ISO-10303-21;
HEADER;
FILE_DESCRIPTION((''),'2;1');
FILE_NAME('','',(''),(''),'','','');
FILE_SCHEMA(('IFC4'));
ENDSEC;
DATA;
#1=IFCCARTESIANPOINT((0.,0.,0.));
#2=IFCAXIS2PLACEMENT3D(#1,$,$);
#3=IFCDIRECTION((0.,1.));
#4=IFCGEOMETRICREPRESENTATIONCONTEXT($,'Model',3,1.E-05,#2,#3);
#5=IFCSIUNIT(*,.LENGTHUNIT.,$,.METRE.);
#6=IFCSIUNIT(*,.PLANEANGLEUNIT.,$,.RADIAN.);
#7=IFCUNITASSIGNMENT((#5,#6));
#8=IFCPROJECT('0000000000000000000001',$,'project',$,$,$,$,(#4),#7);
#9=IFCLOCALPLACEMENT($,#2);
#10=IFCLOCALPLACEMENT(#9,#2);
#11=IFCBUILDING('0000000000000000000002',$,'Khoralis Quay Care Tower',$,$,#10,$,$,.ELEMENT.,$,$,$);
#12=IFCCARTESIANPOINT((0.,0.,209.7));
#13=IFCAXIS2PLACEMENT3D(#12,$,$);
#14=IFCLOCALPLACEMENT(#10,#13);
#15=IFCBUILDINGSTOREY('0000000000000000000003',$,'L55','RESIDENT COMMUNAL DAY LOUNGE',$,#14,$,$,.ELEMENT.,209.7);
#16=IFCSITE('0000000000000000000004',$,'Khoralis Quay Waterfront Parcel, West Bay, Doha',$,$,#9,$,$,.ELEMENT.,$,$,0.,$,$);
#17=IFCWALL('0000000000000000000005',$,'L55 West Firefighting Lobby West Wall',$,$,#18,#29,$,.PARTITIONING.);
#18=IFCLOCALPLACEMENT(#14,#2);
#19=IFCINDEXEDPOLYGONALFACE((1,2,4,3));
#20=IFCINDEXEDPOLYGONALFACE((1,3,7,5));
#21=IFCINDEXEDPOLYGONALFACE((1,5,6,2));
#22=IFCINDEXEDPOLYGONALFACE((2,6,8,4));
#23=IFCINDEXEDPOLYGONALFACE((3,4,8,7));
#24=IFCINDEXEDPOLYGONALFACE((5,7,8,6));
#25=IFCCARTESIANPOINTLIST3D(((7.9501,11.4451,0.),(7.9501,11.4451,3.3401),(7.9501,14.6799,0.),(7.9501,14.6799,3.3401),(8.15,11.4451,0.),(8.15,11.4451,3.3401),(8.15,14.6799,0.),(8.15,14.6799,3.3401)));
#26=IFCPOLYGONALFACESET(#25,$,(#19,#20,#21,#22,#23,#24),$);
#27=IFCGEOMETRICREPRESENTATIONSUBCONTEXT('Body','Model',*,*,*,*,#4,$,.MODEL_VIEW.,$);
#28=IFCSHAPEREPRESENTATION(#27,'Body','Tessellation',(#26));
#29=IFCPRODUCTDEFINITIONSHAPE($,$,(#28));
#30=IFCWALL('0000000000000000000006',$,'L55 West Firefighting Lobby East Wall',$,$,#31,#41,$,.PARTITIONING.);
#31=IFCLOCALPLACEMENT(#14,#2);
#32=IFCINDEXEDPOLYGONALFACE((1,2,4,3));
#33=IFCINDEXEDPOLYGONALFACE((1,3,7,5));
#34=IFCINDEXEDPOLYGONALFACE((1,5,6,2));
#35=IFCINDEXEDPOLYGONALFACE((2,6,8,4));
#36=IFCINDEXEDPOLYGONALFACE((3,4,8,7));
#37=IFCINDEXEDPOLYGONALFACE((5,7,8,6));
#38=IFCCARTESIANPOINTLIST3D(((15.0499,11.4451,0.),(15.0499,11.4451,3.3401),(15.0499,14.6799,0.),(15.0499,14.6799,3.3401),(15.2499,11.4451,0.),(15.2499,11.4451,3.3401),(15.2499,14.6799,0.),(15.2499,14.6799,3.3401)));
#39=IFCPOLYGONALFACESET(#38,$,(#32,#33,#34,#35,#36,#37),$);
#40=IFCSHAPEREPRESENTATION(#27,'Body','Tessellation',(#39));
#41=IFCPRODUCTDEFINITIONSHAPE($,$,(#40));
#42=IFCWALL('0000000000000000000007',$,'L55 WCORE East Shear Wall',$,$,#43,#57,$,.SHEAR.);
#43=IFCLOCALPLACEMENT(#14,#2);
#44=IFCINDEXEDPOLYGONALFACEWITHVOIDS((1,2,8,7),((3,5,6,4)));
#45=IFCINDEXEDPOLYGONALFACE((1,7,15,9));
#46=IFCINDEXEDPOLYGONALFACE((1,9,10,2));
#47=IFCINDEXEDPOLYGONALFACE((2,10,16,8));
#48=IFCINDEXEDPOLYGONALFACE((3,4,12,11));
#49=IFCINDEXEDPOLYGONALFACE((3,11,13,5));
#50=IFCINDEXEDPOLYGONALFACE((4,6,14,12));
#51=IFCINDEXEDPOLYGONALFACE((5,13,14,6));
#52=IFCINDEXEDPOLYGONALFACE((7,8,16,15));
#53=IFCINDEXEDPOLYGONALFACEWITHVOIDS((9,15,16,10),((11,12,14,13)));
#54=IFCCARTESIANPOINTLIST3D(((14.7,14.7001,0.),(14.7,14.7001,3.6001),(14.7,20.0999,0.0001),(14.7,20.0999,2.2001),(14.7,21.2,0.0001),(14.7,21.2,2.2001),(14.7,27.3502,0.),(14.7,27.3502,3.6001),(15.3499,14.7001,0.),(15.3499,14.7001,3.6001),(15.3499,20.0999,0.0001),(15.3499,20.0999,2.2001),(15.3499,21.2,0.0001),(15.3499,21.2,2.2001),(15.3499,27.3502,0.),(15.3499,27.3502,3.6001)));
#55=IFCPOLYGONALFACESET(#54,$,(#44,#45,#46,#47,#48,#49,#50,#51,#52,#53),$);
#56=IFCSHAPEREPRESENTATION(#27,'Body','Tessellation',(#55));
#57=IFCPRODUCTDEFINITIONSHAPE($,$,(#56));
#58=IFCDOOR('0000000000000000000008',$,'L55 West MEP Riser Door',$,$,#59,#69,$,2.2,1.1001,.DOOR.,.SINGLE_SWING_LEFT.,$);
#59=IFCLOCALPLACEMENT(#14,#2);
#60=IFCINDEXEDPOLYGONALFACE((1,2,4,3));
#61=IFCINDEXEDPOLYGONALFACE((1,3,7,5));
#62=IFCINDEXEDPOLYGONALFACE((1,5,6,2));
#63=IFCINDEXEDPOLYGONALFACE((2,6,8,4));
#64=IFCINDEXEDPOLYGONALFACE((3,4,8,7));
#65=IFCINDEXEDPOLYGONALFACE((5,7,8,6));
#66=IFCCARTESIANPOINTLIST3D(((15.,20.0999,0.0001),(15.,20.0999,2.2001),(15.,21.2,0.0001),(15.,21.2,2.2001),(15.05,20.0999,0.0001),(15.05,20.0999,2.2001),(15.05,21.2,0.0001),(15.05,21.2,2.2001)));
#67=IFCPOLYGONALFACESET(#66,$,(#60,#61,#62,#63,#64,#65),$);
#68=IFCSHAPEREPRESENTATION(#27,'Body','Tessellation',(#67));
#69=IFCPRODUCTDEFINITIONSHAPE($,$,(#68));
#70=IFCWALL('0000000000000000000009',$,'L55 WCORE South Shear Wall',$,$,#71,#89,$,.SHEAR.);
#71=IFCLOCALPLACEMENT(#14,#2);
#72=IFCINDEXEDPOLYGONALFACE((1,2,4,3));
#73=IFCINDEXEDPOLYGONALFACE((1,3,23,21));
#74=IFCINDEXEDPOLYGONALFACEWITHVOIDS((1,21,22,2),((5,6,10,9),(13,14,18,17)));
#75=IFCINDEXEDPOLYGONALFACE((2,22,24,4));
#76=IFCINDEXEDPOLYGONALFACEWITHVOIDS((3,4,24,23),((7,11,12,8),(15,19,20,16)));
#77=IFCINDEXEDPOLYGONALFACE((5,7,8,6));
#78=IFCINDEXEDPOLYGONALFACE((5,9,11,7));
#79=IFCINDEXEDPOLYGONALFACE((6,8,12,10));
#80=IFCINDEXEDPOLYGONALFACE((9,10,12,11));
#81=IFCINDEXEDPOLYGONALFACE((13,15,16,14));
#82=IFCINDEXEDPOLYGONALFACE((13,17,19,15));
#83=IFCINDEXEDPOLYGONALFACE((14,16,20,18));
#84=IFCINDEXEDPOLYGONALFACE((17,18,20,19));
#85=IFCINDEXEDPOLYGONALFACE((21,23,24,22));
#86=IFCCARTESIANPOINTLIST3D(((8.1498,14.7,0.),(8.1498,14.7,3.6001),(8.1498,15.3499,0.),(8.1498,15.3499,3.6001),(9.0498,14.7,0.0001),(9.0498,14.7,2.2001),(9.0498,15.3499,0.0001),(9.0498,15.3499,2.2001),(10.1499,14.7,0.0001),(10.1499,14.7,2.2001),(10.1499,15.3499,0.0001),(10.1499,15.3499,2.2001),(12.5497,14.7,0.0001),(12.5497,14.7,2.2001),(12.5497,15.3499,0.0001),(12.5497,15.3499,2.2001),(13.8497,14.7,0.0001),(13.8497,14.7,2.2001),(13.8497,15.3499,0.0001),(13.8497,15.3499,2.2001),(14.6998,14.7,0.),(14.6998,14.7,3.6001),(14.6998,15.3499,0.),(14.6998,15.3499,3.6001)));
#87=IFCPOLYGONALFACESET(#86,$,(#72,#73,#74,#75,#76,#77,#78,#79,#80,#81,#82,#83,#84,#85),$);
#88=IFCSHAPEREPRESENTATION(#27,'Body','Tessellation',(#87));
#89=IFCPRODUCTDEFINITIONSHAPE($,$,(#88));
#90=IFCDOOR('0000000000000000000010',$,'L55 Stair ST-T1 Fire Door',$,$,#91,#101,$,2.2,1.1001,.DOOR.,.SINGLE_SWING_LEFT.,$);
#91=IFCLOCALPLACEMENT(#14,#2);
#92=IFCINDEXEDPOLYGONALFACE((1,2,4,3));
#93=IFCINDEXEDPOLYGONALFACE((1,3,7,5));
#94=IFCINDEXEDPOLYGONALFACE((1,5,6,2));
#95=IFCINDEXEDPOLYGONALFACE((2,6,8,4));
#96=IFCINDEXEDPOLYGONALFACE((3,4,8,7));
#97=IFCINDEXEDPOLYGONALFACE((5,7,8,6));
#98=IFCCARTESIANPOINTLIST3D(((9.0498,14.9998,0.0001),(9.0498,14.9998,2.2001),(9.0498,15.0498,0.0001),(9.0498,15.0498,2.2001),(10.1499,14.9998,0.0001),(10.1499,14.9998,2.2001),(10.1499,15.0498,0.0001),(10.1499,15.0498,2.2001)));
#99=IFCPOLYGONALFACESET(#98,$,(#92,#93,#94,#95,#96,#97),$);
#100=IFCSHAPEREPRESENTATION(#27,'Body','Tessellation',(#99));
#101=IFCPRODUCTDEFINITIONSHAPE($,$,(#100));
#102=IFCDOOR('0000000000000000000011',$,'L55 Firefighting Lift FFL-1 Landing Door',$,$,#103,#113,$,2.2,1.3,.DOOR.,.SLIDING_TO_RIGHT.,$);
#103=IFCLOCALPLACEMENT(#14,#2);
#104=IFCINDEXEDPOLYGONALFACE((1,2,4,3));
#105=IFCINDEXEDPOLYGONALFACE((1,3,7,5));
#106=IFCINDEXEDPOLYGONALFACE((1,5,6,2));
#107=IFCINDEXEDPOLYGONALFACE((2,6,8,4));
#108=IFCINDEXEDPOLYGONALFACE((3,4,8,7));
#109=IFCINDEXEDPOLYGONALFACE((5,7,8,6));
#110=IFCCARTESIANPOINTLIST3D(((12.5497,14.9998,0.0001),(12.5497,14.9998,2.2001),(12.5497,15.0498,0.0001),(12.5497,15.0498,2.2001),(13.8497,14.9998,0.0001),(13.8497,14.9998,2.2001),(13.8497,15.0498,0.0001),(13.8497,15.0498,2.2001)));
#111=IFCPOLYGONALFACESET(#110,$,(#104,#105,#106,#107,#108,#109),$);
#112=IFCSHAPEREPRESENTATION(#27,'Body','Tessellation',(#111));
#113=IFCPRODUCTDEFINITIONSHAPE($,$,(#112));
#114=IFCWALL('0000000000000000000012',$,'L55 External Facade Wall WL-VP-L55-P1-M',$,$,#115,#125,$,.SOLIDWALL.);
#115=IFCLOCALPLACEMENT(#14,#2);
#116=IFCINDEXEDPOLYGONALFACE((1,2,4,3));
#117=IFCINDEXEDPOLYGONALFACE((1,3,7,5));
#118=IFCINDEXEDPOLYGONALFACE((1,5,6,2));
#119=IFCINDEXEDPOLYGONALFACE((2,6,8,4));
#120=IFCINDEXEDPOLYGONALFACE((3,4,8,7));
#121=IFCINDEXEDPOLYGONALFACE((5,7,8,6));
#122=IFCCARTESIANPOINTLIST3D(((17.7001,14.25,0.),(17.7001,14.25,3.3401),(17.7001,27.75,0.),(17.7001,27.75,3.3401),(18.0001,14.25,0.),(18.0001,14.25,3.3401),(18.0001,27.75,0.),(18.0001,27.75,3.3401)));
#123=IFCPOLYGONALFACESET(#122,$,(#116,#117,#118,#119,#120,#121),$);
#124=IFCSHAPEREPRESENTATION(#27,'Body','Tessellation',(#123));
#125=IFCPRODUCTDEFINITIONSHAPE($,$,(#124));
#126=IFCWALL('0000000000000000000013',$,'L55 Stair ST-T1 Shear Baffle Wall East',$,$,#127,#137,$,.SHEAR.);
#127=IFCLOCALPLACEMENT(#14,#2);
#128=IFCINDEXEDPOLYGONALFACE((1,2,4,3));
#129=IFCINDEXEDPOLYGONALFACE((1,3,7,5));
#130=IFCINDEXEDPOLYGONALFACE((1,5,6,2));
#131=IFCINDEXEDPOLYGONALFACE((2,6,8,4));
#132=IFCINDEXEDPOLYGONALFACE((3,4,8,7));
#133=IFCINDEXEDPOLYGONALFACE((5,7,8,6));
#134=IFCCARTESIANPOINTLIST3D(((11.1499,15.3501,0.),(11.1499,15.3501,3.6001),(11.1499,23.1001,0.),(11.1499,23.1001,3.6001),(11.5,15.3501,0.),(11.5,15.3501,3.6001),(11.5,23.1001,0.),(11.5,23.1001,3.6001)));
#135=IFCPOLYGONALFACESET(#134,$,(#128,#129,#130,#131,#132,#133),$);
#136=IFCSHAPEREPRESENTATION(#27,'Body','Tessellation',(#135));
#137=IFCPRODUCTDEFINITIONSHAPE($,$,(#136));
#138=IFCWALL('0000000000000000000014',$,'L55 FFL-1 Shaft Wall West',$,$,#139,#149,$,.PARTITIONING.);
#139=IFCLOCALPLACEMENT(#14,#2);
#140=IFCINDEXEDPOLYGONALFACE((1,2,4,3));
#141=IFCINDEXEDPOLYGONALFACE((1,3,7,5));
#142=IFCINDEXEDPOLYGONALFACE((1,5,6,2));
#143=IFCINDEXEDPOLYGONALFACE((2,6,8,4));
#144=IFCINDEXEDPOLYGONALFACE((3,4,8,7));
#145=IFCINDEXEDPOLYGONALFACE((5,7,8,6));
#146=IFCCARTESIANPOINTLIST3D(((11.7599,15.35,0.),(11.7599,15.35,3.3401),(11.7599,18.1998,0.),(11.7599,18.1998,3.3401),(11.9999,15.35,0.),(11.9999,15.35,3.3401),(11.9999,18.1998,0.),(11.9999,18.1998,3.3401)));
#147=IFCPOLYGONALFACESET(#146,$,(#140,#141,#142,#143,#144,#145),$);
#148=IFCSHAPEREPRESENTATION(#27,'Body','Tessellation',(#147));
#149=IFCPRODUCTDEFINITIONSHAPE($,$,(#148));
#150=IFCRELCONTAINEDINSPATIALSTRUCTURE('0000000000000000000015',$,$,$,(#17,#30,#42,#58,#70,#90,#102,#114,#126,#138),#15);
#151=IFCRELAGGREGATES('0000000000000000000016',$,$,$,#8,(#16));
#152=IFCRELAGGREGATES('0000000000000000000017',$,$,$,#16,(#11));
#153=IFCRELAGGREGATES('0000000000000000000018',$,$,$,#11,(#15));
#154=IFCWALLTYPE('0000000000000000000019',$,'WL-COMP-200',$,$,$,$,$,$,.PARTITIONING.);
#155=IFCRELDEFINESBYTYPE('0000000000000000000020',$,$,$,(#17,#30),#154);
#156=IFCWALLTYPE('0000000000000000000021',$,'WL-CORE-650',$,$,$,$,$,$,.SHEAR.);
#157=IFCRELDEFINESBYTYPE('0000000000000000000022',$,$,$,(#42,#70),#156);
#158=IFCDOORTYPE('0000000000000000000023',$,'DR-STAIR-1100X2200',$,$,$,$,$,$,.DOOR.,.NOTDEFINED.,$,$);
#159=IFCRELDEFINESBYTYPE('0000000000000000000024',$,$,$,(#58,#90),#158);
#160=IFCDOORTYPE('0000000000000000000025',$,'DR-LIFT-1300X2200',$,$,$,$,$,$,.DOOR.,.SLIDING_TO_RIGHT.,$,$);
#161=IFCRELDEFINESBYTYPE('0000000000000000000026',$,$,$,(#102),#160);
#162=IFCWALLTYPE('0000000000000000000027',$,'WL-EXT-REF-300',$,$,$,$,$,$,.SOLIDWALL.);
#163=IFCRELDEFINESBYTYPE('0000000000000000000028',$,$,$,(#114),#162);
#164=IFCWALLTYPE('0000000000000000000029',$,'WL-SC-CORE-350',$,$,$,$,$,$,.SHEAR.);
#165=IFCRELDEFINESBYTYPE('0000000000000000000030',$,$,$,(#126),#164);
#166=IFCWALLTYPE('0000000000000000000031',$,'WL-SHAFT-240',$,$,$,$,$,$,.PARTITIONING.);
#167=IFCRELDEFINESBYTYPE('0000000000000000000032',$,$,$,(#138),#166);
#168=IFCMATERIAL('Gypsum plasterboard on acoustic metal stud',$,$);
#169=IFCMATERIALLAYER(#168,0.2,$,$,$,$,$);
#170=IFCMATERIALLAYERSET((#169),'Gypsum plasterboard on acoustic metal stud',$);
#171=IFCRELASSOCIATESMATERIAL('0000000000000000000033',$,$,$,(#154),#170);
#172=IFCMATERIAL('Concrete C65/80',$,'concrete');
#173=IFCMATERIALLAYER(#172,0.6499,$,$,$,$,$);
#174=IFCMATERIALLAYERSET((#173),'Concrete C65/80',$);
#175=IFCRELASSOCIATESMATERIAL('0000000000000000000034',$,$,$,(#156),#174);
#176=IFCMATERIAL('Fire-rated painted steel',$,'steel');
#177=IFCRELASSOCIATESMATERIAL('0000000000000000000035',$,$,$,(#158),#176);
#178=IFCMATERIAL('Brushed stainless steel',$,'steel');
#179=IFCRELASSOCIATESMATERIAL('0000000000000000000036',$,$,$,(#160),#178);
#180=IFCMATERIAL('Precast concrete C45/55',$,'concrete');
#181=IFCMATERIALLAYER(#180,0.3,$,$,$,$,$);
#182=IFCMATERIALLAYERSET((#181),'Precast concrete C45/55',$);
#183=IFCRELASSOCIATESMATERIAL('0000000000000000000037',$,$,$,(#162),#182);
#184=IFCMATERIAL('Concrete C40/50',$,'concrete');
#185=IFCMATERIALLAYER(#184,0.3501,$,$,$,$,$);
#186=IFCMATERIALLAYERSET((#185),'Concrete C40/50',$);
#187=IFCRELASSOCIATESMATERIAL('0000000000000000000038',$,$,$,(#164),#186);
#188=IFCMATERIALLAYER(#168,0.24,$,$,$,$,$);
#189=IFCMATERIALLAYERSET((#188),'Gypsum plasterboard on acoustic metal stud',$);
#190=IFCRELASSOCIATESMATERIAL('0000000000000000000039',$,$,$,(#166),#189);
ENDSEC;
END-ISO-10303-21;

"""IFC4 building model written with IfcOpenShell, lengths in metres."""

from ifc_helpers import new_model, si_unit, direction, frame, frame_2d, origin, place, context, subcontext, project, spatial, rectangle, extrude, source, transform, mapped, material, layer, layer_set, type_object, element, fill, save


model = new_model("IFC4")

# Units and contexts
model_context = context("Model", 3, precision=1e-05, world=origin(), true_north=direction((0.0, 1.0)))
body_context = subcontext(model_context, "Body", "Model", "MODEL_VIEW")
ifc_project = project(units=[si_unit("LENGTHUNIT", "METRE"), si_unit("PLANEANGLEUNIT", "RADIAN")], contexts=[model_context])

# Site, building, storey
site_placement = place(None, origin())
site = spatial("IfcSite", under=ifc_project, at=site_placement, Name="Khoralis Quay Waterfront Parcel, West Bay, Doha", CompositionType="ELEMENT", RefElevation=0.0)
building_placement = place(site_placement, origin())
building = spatial("IfcBuilding", under=site, at=building_placement, Name="Khoralis Quay Care Tower", CompositionType="ELEMENT")
storey_placement = place(building_placement, frame((0.0, 0.0, 209.7)))
storey = spatial("IfcBuildingStorey", under=building, at=storey_placement, Name="L55", Description="RESIDENT COMMUNAL DAY LOUNGE", CompositionType="ELEMENT", Elevation=209.7)

# Walls
ifc_material_1 = material(Name="Gypsum plasterboard on acoustic metal stud")
ifc_layer_1 = layer(ifc_material_1, 0.2)
ifc_layer_set_1 = layer_set([ifc_layer_1], Name="Gypsum plasterboard on acoustic metal stud")
wall_type_1 = type_object("IfcWallType", Name="WL-COMP-200", PredefinedType="PARTITIONING", material=ifc_layer_set_1)
for number, where, z_axis, x_axis, name in (
    (1, (8.05, 11.4451, 0.0), (0.0, 0.0, 1.0), (0.0, 1.0, 0.0), "L55 West Firefighting Lobby West Wall"),
    (2, (15.1499, 11.4451, 0.0), (0.0, 0.0, 1.0), (0.0, 1.0, 0.0), "L55 West Firefighting Lobby East Wall"),
):
    element("IfcWall", number, at=place(storey_placement, frame(where, z_axis=z_axis, x_axis=x_axis)), inside=storey, type_object=wall_type_1, Name=name, PredefinedType="PARTITIONING", context=body_context, shape_type="SweptSolid", body=[
        extrude(rectangle(XDim=3.2349, YDim=0.2, at=frame_2d((1.6174, 0.0))), origin(), (0.0, 0.0, 1.0), 3.3401),
    ])

# Wall, opening, door
ifc_material_2 = material(Name="Concrete C65/80", Category="concrete")
ifc_layer_2 = layer(ifc_material_2, 0.6499)
ifc_layer_set_2 = layer_set([ifc_layer_2], Name="Concrete C65/80")
wall_type_2 = type_object("IfcWallType", Name="WL-CORE-650", PredefinedType="SHEAR", material=ifc_layer_set_2)
wall_1_placement = place(storey_placement, frame((15.0249, 14.7, 0.0), z_axis=(0.0, 0.0, 1.0), x_axis=(0.0, 1.0, 0.0)))
wall_1 = element("IfcWall", 3, at=wall_1_placement, inside=storey, type_object=wall_type_2, Name="L55 WCORE East Shear Wall", PredefinedType="SHEAR", context=body_context, shape_type="SweptSolid", body=[
    extrude(rectangle(XDim=12.6501, YDim=0.6499, at=frame_2d((6.3252, 0.0))), origin(), (0.0, 0.0, 1.0), 3.6001),
])
opening_1_placement = place(wall_1_placement, frame((5.3999, 0.0, 0.0)))
opening_1 = element("IfcOpeningElement", 4, at=opening_1_placement, cuts=wall_1, PredefinedType="OPENING", context=body_context, shape_type="SweptSolid", body=[
    extrude(rectangle(XDim=1.1001, YDim=2.2, at=frame_2d((0.55, 1.1001))), frame((0.0, 0.335, 0.0), z_axis=(0.0, -1.0, 0.0), x_axis=(1.0, 0.0, 0.0)), (0.0, 0.0, 1.0), 0.6699),
])
ifc_material_3 = material(Name="Fire-rated painted steel", Category="steel")
door_type_1 = type_object("IfcDoorType", Name="DR-STAIR-1100X2200", OperationType="NOTDEFINED", PredefinedType="DOOR", material=ifc_material_3)
shared_shape_1 = source(origin(), body_context, "Body", "SweptSolid", [
    extrude(rectangle(XDim=1.1001, YDim=2.2, at=frame_2d((0.55, 1.1001))), frame((0.0, 0.0249, 0.0), z_axis=(0.0, -1.0, 0.0), x_axis=(1.0, 0.0, 0.0)), (0.0, 0.0, 1.0), 0.05),
])
door_1_placement = place(opening_1_placement, origin())
door_1 = element("IfcDoor", 5, at=door_1_placement, inside=storey, type_object=door_type_1, Name="L55 West MEP Riser Door", OperationType="SINGLE_SWING_LEFT", OverallHeight=2.2, OverallWidth=1.1001, PredefinedType="DOOR", context=body_context, shape_type="MappedRepresentation", body=[
    mapped(shared_shape_1, transform((0.0, 0.0, 0.0), scale=1.0)),
])
fill(opening_1, door_1)

# Wall, openings, doors
wall_2_placement = place(storey_placement, frame((8.1499, 15.0249, 0.0), z_axis=(0.0, 0.0, 1.0), x_axis=(1.0, 0.0, 0.0)))
wall_2 = element("IfcWall", 6, at=wall_2_placement, inside=storey, type_object=wall_type_2, Name="L55 WCORE South Shear Wall", PredefinedType="SHEAR", context=body_context, shape_type="SweptSolid", body=[
    extrude(rectangle(XDim=6.55, YDim=0.6499, at=frame_2d((3.2749, 0.0))), origin(), (0.0, 0.0, 1.0), 3.6001),
])
opening_2_placement = place(wall_2_placement, frame((0.8999, 0.0, 0.0)))
opening_2 = element("IfcOpeningElement", 7, at=opening_2_placement, cuts=wall_2, PredefinedType="OPENING", context=body_context, shape_type="SweptSolid", body=[
    extrude(rectangle(XDim=1.1001, YDim=2.2, at=frame_2d((0.55, 1.1001))), frame((0.0, 0.335, 0.0), z_axis=(0.0, -1.0, 0.0), x_axis=(1.0, 0.0, 0.0)), (0.0, 0.0, 1.0), 0.6699),
])
opening_3_placement = place(wall_2_placement, frame((4.3999, 0.0, 0.0)))
opening_3 = element("IfcOpeningElement", 8, at=opening_3_placement, cuts=wall_2, PredefinedType="OPENING", context=body_context, shape_type="SweptSolid", body=[
    extrude(rectangle(XDim=1.3, YDim=2.2, at=frame_2d((0.6499, 1.1001))), frame((0.0, 0.335, 0.0), z_axis=(0.0, -1.0, 0.0), x_axis=(1.0, 0.0, 0.0)), (0.0, 0.0, 1.0), 0.6699),
])
door_2_placement = place(opening_2_placement, origin())
door_2 = element("IfcDoor", 9, at=door_2_placement, inside=storey, type_object=door_type_1, Name="L55 Stair ST-T1 Fire Door", OperationType="SINGLE_SWING_LEFT", OverallHeight=2.2, OverallWidth=1.1001, PredefinedType="DOOR", context=body_context, shape_type="MappedRepresentation", body=[
    mapped(shared_shape_1, transform((0.0, 0.0, 0.0), scale=1.0)),
])
fill(opening_2, door_2)
ifc_material_4 = material(Name="Brushed stainless steel", Category="steel")
door_type_2 = type_object("IfcDoorType", Name="DR-LIFT-1300X2200", OperationType="SLIDING_TO_RIGHT", PredefinedType="DOOR", material=ifc_material_4)
shared_shape_2 = source(origin(), body_context, "Body", "SweptSolid", [
    extrude(rectangle(XDim=1.3, YDim=2.2, at=frame_2d((0.6499, 1.1001))), frame((0.0, 0.0249, 0.0), z_axis=(0.0, -1.0, 0.0), x_axis=(1.0, 0.0, 0.0)), (0.0, 0.0, 1.0), 0.05),
])
door_3_placement = place(opening_3_placement, origin())
door_3 = element("IfcDoor", 10, at=door_3_placement, inside=storey, type_object=door_type_2, Name="L55 Firefighting Lift FFL-1 Landing Door", OperationType="SLIDING_TO_RIGHT", OverallHeight=2.2, OverallWidth=1.3, PredefinedType="DOOR", context=body_context, shape_type="MappedRepresentation", body=[
    mapped(shared_shape_2, transform((0.0, 0.0, 0.0), scale=1.0)),
])
fill(opening_3, door_3)

# Walls
ifc_material_5 = material(Name="Precast concrete C45/55", Category="concrete")
ifc_layer_3 = layer(ifc_material_5, 0.3)
ifc_layer_set_3 = layer_set([ifc_layer_3], Name="Precast concrete C45/55")
wall_type_3 = type_object("IfcWallType", Name="WL-EXT-REF-300", PredefinedType="SOLIDWALL", material=ifc_layer_set_3)
wall_3_placement = place(storey_placement, frame((17.8501, 14.25, 0.0), z_axis=(0.0, 0.0, 1.0), x_axis=(0.0, 1.0, 0.0)))
element("IfcWall", 11, at=wall_3_placement, inside=storey, type_object=wall_type_3, Name="L55 External Facade Wall WL-VP-L55-P1-M", PredefinedType="SOLIDWALL", context=body_context, shape_type="SweptSolid", body=[
    extrude(rectangle(XDim=13.5, YDim=0.3, at=frame_2d((6.75, 0.0))), origin(), (0.0, 0.0, 1.0), 3.3401),
])
ifc_material_6 = material(Name="Concrete C40/50", Category="concrete")
ifc_layer_4 = layer(ifc_material_6, 0.3501)
ifc_layer_set_4 = layer_set([ifc_layer_4], Name="Concrete C40/50")
wall_type_4 = type_object("IfcWallType", Name="WL-SC-CORE-350", PredefinedType="SHEAR", material=ifc_layer_set_4)
wall_4_placement = place(storey_placement, frame((11.325, 15.3501, 0.0), z_axis=(0.0, 0.0, 1.0), x_axis=(0.0, 1.0, 0.0)))
element("IfcWall", 12, at=wall_4_placement, inside=storey, type_object=wall_type_4, Name="L55 Stair ST-T1 Shear Baffle Wall East", PredefinedType="SHEAR", context=body_context, shape_type="SweptSolid", body=[
    extrude(rectangle(XDim=7.75, YDim=0.3501, at=frame_2d((3.875, 0.0))), origin(), (0.0, 0.0, 1.0), 3.6001),
])
ifc_layer_5 = layer(ifc_material_1, 0.24)
ifc_layer_set_5 = layer_set([ifc_layer_5], Name="Gypsum plasterboard on acoustic metal stud")
wall_type_5 = type_object("IfcWallType", Name="WL-SHAFT-240", PredefinedType="PARTITIONING", material=ifc_layer_set_5)
wall_5_placement = place(storey_placement, frame((11.8799, 15.3501, 0.0), z_axis=(0.0, 0.0, 1.0), x_axis=(0.0, 1.0, 0.0)))
element("IfcWall", 13, at=wall_5_placement, inside=storey, type_object=wall_type_5, Name="L55 FFL-1 Shaft Wall West", PredefinedType="PARTITIONING", context=body_context, shape_type="SweptSolid", body=[
    extrude(rectangle(XDim=2.8499, YDim=0.24, at=frame_2d((1.4248, 0.0))), origin(), (0.0, 0.0, 1.0), 3.3401),
])

save(model, "model.ifc")
